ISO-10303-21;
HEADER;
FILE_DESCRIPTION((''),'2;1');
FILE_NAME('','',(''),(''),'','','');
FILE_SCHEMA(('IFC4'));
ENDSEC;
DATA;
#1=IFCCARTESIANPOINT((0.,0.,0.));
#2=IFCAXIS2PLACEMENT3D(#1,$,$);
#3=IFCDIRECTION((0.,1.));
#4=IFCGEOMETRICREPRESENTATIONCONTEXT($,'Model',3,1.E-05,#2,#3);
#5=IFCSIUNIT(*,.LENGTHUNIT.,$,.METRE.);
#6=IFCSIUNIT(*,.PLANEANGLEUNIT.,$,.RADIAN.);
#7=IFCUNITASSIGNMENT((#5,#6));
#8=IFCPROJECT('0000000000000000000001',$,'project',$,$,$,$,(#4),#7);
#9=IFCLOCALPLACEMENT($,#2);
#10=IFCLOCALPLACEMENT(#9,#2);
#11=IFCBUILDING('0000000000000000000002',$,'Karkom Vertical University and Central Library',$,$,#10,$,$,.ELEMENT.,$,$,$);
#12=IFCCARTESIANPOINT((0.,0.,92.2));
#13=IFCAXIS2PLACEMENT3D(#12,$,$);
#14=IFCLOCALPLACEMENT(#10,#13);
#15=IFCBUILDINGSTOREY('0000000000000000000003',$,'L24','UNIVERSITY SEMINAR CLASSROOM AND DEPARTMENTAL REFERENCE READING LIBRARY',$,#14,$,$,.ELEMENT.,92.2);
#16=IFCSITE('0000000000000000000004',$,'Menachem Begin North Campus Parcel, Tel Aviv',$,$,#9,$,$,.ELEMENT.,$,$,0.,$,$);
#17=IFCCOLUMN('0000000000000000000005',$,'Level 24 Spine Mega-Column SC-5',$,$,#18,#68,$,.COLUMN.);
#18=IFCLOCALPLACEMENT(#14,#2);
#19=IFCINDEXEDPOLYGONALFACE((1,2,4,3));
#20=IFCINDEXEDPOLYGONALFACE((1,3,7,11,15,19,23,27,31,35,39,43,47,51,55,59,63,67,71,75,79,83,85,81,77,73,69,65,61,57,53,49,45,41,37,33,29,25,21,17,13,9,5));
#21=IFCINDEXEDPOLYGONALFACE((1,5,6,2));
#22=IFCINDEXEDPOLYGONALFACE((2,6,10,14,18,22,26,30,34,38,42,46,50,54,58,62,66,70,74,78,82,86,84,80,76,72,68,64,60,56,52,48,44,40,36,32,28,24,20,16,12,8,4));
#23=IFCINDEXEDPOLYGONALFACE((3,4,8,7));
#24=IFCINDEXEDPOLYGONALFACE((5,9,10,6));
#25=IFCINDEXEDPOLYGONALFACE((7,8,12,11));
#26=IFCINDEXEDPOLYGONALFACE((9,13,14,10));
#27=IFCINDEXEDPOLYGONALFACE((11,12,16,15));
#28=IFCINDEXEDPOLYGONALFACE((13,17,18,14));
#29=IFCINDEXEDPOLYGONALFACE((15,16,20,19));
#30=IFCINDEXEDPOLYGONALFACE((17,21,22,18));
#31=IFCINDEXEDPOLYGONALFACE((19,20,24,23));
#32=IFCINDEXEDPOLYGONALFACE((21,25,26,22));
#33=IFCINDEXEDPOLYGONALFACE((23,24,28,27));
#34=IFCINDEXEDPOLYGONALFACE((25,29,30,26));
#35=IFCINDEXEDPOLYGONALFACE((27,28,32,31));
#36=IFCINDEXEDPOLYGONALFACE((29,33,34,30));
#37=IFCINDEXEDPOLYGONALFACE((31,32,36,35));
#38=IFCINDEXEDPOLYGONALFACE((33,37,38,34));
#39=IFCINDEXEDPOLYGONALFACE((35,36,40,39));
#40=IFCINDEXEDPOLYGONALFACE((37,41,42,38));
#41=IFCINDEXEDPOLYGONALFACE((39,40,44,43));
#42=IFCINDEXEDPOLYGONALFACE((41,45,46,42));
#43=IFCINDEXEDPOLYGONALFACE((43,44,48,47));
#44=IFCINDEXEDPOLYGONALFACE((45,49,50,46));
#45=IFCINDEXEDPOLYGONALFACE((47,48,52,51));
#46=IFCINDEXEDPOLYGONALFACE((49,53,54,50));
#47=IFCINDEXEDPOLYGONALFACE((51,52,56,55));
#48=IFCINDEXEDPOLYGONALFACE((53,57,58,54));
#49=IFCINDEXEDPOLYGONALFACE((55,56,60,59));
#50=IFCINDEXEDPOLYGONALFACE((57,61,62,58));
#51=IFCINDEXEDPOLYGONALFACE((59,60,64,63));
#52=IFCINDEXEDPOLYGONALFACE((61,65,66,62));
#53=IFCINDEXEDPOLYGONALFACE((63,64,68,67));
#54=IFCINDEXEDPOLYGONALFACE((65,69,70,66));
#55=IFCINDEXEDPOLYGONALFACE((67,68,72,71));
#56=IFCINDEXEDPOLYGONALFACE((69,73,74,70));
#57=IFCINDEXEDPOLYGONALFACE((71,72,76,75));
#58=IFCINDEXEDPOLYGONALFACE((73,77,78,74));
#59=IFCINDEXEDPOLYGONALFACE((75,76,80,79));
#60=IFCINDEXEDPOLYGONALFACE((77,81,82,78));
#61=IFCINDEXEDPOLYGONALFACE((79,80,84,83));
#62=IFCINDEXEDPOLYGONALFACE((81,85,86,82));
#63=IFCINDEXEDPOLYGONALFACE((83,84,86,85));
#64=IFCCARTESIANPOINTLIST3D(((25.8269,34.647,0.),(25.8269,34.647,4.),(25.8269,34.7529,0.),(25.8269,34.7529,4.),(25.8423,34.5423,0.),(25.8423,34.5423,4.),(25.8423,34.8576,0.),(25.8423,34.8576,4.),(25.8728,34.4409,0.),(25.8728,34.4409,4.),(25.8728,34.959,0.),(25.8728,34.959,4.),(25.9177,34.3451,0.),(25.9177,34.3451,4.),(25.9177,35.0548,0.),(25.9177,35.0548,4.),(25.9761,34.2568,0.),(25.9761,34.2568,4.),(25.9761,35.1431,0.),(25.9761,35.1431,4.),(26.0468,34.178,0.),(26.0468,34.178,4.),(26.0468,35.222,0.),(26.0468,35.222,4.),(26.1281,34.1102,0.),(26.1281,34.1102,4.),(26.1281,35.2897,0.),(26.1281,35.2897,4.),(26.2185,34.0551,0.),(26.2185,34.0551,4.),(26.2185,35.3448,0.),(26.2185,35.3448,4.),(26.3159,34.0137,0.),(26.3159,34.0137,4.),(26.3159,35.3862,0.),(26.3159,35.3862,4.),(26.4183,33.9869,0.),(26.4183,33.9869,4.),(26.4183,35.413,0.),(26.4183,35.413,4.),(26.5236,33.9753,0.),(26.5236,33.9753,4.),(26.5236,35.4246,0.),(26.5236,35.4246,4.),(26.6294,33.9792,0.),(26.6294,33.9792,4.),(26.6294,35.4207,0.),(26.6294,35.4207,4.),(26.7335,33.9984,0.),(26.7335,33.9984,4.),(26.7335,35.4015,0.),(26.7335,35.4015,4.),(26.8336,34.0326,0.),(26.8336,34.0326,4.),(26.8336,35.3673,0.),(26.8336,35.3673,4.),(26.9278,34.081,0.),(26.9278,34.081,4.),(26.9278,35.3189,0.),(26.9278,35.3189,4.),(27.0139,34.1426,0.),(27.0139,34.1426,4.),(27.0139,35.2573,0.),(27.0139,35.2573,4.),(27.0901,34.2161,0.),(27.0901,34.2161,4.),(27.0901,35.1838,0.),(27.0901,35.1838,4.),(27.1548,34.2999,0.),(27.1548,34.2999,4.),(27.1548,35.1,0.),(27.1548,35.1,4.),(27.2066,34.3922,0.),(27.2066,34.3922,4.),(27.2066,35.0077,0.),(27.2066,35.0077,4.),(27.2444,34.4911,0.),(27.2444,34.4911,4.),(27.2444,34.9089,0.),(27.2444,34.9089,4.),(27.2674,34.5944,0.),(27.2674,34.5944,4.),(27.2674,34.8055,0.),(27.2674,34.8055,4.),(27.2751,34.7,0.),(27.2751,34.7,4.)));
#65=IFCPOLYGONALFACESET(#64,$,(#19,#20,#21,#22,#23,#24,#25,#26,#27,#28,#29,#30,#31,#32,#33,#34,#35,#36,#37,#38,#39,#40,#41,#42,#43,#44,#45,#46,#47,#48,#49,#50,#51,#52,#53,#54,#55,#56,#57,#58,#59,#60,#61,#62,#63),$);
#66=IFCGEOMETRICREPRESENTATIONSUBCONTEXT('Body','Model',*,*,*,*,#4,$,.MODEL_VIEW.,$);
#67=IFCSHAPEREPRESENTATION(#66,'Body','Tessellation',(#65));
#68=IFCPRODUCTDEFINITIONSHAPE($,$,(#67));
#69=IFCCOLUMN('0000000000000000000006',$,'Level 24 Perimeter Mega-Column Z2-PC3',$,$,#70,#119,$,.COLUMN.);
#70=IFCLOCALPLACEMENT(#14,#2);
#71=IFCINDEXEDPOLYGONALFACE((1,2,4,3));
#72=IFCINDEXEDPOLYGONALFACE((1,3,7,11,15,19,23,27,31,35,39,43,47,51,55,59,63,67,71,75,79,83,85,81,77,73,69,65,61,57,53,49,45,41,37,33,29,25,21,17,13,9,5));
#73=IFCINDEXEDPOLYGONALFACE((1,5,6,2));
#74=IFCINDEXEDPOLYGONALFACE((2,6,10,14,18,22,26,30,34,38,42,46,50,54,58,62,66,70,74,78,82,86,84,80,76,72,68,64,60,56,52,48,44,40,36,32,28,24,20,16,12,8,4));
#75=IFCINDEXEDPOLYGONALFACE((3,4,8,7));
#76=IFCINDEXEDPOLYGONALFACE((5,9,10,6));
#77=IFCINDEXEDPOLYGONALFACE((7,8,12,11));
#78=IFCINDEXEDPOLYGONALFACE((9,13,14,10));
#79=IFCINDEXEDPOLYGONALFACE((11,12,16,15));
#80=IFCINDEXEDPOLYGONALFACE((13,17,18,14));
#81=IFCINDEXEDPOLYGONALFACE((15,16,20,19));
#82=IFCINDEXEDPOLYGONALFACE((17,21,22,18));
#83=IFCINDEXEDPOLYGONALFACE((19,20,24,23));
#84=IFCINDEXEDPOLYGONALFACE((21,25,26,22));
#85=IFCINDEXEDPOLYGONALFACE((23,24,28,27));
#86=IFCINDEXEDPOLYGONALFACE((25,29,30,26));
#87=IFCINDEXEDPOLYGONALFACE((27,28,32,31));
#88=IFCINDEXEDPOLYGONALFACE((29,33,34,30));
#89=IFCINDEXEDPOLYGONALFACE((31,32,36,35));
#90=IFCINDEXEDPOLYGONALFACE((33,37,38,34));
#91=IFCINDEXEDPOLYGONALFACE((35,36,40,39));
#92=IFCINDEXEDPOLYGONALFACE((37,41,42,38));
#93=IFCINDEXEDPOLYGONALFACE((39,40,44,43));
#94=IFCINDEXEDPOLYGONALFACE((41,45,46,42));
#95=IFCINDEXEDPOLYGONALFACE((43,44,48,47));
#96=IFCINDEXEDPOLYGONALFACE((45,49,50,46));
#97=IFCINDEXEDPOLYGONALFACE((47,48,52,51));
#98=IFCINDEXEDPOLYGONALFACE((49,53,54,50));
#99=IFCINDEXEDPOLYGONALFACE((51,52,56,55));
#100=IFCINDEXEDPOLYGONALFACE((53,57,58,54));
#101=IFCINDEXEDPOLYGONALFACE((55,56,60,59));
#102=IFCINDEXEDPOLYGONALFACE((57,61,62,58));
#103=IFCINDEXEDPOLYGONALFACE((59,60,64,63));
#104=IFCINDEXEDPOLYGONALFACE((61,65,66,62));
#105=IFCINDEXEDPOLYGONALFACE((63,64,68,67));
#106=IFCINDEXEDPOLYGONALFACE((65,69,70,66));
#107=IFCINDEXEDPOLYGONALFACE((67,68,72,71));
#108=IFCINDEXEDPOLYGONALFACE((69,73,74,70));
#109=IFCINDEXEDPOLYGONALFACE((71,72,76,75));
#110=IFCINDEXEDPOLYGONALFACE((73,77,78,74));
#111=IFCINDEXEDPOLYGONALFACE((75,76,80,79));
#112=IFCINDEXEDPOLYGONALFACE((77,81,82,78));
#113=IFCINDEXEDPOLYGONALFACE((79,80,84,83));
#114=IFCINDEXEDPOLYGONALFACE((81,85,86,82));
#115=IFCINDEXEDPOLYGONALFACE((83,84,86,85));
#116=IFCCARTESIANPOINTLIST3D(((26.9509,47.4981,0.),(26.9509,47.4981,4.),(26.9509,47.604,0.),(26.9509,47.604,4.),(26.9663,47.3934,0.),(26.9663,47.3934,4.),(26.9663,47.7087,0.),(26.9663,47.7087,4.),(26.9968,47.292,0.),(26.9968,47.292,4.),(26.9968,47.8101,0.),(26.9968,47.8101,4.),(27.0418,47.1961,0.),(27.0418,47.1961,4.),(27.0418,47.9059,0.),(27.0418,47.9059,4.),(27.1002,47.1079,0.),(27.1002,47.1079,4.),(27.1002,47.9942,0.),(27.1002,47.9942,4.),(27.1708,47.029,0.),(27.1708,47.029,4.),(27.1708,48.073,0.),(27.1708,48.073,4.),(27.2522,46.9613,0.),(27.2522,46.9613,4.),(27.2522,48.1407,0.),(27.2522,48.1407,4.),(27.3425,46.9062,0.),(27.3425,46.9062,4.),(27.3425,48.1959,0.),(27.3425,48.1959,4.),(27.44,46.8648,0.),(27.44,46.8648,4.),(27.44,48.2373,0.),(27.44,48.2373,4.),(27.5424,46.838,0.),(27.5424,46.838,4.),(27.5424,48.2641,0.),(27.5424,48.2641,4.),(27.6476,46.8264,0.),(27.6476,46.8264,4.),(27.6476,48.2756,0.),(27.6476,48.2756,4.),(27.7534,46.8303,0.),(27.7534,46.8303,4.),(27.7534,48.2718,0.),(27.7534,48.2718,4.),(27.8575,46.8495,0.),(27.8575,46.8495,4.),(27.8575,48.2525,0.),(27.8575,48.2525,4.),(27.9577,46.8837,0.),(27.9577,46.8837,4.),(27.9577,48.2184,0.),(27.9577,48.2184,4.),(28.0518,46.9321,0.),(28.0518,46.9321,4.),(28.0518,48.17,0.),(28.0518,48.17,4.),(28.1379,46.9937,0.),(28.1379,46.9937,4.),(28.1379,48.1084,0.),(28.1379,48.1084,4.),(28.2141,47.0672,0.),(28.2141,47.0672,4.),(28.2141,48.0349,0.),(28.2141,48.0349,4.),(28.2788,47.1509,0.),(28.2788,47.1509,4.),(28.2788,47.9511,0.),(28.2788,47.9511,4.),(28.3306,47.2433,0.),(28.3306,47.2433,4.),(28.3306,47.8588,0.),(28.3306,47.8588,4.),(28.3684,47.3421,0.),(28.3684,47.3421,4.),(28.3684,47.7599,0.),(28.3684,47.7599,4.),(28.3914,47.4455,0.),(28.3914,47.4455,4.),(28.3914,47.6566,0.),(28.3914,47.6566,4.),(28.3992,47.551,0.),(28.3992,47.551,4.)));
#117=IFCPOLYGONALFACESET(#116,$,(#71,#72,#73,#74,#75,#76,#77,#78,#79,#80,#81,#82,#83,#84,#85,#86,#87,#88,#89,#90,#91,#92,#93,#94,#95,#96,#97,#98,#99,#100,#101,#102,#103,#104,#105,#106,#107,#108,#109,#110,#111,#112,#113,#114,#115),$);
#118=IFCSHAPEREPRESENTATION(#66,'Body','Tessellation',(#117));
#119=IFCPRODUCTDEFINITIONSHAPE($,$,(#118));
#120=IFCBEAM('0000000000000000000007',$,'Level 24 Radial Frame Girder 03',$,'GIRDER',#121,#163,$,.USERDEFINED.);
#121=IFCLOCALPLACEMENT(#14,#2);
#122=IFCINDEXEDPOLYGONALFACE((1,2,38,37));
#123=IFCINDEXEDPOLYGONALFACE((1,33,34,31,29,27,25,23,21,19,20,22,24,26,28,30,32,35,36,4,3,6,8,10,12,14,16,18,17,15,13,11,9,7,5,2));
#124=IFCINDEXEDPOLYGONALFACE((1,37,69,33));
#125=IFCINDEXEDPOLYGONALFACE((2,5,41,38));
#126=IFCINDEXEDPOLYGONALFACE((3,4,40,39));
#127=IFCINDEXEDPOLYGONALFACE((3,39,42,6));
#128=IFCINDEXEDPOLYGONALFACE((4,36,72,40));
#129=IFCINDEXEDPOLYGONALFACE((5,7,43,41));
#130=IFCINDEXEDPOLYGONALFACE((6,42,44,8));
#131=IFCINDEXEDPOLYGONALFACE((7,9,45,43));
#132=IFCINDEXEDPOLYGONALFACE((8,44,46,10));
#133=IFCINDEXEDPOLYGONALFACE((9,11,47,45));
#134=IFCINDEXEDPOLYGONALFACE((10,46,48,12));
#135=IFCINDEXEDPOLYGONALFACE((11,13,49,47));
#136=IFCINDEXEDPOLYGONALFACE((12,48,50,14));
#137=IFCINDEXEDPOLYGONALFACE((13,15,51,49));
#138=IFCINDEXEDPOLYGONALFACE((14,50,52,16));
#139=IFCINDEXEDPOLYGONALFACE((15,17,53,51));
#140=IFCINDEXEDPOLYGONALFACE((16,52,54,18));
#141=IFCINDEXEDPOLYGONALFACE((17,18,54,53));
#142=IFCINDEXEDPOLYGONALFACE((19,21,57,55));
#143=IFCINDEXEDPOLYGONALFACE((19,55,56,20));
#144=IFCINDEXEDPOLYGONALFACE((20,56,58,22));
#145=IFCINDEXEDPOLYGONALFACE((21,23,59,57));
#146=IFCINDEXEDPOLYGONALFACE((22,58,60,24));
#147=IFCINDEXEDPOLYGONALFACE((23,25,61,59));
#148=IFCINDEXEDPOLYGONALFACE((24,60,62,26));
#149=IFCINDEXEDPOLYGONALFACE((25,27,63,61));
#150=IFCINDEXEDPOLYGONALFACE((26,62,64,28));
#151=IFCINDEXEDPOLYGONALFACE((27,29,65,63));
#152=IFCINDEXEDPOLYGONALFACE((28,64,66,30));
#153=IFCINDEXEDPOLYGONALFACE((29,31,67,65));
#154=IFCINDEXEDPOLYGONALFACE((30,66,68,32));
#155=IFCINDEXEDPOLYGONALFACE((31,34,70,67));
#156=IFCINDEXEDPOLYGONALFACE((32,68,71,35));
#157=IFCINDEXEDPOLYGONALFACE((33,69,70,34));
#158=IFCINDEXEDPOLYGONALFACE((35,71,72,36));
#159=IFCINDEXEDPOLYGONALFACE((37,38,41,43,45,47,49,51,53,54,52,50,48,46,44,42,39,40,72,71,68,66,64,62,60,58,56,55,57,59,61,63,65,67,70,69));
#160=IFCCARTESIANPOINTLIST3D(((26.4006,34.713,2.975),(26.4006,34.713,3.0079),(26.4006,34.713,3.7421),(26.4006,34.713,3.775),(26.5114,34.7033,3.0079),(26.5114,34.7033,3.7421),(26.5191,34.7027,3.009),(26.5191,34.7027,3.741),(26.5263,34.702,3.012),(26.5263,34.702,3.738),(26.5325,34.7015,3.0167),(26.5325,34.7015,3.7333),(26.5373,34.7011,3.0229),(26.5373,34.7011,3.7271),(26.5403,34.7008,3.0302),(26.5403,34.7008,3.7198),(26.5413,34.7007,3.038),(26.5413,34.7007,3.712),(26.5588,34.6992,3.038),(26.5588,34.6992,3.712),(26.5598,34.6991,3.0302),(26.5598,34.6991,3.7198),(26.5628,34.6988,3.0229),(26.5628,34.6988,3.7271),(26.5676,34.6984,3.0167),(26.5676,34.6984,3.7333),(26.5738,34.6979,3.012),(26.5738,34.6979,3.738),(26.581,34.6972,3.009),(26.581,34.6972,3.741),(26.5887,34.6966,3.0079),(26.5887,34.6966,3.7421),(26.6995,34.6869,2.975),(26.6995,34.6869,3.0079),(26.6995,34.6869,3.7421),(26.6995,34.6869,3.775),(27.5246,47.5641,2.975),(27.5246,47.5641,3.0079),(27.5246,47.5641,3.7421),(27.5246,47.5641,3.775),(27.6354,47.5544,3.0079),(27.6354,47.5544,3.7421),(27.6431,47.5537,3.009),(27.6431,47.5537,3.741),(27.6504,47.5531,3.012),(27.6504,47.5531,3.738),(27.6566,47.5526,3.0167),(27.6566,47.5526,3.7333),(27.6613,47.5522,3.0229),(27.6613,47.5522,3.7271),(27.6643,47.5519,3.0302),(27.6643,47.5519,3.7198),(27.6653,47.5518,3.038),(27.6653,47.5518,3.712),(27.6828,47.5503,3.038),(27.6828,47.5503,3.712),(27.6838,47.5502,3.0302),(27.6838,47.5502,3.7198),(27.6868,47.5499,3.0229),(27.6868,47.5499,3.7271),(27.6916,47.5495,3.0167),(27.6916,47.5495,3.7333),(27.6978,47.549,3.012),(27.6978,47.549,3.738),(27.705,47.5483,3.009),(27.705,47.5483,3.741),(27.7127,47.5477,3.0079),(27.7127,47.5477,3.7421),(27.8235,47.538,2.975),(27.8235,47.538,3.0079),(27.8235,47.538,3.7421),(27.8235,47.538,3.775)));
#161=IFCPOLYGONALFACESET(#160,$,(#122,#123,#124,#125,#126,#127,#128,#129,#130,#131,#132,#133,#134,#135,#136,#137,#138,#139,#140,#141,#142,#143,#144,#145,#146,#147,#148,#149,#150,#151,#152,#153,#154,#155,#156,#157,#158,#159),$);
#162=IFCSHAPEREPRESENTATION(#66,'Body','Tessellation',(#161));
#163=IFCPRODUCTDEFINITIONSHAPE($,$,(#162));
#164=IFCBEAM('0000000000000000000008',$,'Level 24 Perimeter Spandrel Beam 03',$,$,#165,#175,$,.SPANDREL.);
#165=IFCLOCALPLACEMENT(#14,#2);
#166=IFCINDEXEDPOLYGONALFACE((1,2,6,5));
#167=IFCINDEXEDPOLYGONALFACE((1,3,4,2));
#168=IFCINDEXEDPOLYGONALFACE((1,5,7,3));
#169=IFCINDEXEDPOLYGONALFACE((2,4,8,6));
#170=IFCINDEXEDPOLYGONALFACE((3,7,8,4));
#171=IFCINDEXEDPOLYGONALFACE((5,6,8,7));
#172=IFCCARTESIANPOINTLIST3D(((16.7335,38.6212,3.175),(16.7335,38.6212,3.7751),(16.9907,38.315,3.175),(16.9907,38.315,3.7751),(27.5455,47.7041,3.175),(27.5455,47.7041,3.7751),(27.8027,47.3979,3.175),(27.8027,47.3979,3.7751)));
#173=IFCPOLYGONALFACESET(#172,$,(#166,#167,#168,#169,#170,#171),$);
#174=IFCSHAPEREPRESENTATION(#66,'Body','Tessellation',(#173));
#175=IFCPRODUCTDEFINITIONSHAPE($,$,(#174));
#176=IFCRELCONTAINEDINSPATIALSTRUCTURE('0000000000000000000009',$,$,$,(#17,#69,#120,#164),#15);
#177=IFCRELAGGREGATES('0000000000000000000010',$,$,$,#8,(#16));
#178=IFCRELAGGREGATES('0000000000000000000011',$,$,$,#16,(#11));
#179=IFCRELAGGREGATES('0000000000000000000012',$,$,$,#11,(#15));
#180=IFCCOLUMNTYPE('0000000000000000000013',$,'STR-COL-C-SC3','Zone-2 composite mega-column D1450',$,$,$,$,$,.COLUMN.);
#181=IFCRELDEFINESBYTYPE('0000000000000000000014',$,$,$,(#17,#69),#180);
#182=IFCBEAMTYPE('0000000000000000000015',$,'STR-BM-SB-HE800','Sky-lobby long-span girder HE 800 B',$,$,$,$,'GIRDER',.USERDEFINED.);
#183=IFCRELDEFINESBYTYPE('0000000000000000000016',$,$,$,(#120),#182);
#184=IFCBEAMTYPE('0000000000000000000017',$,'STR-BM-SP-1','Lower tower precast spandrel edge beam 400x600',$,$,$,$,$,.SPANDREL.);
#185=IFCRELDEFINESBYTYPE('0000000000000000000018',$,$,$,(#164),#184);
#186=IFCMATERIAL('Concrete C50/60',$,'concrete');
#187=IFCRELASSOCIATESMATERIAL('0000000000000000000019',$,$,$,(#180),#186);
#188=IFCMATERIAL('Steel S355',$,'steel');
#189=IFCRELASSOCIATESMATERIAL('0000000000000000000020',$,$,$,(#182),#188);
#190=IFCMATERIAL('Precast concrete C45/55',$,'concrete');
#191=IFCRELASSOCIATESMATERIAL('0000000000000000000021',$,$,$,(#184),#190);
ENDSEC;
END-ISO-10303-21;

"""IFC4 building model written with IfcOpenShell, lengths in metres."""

from ifc_helpers import new_model, si_unit, direction, frame, origin, origin_with_axes, origin_2d, place, context, subcontext, project, spatial, rectangle, circle, i_section, extrude, source, transform, mapped, material, material_profile, profile_set, type_object, element, save


model = new_model("IFC4")

# Units and contexts
model_context = context("Model", 3, precision=1e-05, world=origin(), true_north=direction((0.0, 1.0)))
body_context = subcontext(model_context, "Body", "Model", "MODEL_VIEW")
ifc_project = project(units=[si_unit("LENGTHUNIT", "METRE"), si_unit("PLANEANGLEUNIT", "RADIAN")], contexts=[model_context])

# Site, building, storey
site_placement = place(None, origin())
site = spatial("IfcSite", under=ifc_project, at=site_placement, Name="Menachem Begin North Campus Parcel, Tel Aviv", CompositionType="ELEMENT", RefElevation=0.0)
building_placement = place(site_placement, origin())
building = spatial("IfcBuilding", under=site, at=building_placement, Name="Karkom Vertical University and Central Library", CompositionType="ELEMENT")
storey_placement = place(building_placement, frame((0.0, 0.0, 92.2)))
storey = spatial("IfcBuildingStorey", under=building, at=storey_placement, Name="L24", Description="UNIVERSITY SEMINAR CLASSROOM AND DEPARTMENTAL REFERENCE READING LIBRARY", CompositionType="ELEMENT", Elevation=92.2)

# Columns
ifc_material_1 = material(Name="Concrete C50/60", Category="concrete")
ifc_material_profile_1 = material_profile(ifc_material_1, circle(Radius=0.7251, at=origin_2d()), Name="CFT-D1450")
ifc_profile_set_1 = profile_set([ifc_material_profile_1], Name="Concrete C50/60")
column_type = type_object("IfcColumnType", Name="STR-COL-C-SC3", Description="Zone-2 composite mega-column D1450", PredefinedType="COLUMN", material=ifc_profile_set_1)
shared_shape_1 = source(origin_with_axes(), body_context, "Body", "SweptSolid", [
    extrude(circle(Radius=0.7251, at=origin_2d()), origin(), (0.0, 0.0, 1.0), 4.0),
])
for number, where, z_axis, x_axis, name in (
    (1, (26.55, 34.7, 0.0), (0.0, 0.0, 1.0), (1.0, 0.0, 0.0), "Level 24 Spine Mega-Column SC-5"),
    (2, (27.6741, 47.551, 0.0), (0.0, 0.0, 1.0), (1.0, 0.0, 0.0), "Level 24 Perimeter Mega-Column Z2-PC3"),
):
    element("IfcColumn", number, at=place(storey_placement, frame(where, z_axis=z_axis, x_axis=x_axis)), inside=storey, type_object=column_type, Name=name, PredefinedType="COLUMN", context=body_context, shape_type="MappedRepresentation", body=[
        mapped(shared_shape_1, transform((0.0, 0.0, 0.0), scale=1.0)),
    ])

# Beams
ifc_material_2 = material(Name="Steel S355", Category="steel")
ifc_material_profile_2 = material_profile(ifc_material_2, i_section(OverallWidth=0.3, OverallDepth=0.8, WebThickness=0.0176, FlangeThickness=0.033, FilletRadius=0.03, at=origin_2d()), Name="HE 800 B")
ifc_profile_set_2 = profile_set([ifc_material_profile_2], Name="Steel S355")
beam_type_1 = type_object("IfcBeamType", Name="STR-BM-SB-HE800", Description="Sky-lobby long-span girder HE 800 B", ElementType="GIRDER", PredefinedType="USERDEFINED", material=ifc_profile_set_2)
shared_shape_2 = source(origin_with_axes(), body_context, "Body", "SweptSolid", [
    extrude(i_section(OverallWidth=0.3, OverallDepth=0.8, WebThickness=0.0176, FlangeThickness=0.033, FilletRadius=0.03, at=origin_2d()), origin(), (0.0, 0.0, 1.0), 12.9001),
])
beam_1_placement = place(storey_placement, frame((26.55, 34.7, 3.375), z_axis=(0.087133, 0.996197, 0.0), x_axis=(-0.996197, 0.087133, 0.0)))
element("IfcBeam", 3, at=beam_1_placement, inside=storey, type_object=beam_type_1, Name="Level 24 Radial Frame Girder 03", ObjectType="GIRDER", PredefinedType="USERDEFINED", context=body_context, shape_type="MappedRepresentation", body=[
    mapped(shared_shape_2, transform((0.0, 0.0, 0.0), scale=1.0)),
])
ifc_material_3 = material(Name="Precast concrete C45/55", Category="concrete")
ifc_material_profile_3 = material_profile(ifc_material_3, rectangle(XDim=0.3999, YDim=0.6001, at=origin_2d()), Name="SPB-400x600")
ifc_profile_set_3 = profile_set([ifc_material_profile_3], Name="Precast concrete C45/55")
beam_type_2 = type_object("IfcBeamType", Name="STR-BM-SP-1", Description="Lower tower precast spandrel edge beam 400x600", PredefinedType="SPANDREL", material=ifc_profile_set_3)
shared_shape_3 = source(origin_with_axes(), body_context, "Body", "SweptSolid", [
    extrude(rectangle(XDim=0.3999, YDim=0.6001, at=origin_2d()), origin(), (0.0, 0.0, 1.0), 14.1208),
])
beam_2_placement = place(storey_placement, frame((27.6741, 47.551, 3.4751), z_axis=(-0.765673, -0.64323, 0.0), x_axis=(0.64323, -0.765673, 0.0)))
element("IfcBeam", 4, at=beam_2_placement, inside=storey, type_object=beam_type_2, Name="Level 24 Perimeter Spandrel Beam 03", PredefinedType="SPANDREL", context=body_context, shape_type="MappedRepresentation", body=[
    mapped(shared_shape_3, transform((0.0, 0.0, 0.0), scale=1.0)),
])

save(model, "model.ifc")
